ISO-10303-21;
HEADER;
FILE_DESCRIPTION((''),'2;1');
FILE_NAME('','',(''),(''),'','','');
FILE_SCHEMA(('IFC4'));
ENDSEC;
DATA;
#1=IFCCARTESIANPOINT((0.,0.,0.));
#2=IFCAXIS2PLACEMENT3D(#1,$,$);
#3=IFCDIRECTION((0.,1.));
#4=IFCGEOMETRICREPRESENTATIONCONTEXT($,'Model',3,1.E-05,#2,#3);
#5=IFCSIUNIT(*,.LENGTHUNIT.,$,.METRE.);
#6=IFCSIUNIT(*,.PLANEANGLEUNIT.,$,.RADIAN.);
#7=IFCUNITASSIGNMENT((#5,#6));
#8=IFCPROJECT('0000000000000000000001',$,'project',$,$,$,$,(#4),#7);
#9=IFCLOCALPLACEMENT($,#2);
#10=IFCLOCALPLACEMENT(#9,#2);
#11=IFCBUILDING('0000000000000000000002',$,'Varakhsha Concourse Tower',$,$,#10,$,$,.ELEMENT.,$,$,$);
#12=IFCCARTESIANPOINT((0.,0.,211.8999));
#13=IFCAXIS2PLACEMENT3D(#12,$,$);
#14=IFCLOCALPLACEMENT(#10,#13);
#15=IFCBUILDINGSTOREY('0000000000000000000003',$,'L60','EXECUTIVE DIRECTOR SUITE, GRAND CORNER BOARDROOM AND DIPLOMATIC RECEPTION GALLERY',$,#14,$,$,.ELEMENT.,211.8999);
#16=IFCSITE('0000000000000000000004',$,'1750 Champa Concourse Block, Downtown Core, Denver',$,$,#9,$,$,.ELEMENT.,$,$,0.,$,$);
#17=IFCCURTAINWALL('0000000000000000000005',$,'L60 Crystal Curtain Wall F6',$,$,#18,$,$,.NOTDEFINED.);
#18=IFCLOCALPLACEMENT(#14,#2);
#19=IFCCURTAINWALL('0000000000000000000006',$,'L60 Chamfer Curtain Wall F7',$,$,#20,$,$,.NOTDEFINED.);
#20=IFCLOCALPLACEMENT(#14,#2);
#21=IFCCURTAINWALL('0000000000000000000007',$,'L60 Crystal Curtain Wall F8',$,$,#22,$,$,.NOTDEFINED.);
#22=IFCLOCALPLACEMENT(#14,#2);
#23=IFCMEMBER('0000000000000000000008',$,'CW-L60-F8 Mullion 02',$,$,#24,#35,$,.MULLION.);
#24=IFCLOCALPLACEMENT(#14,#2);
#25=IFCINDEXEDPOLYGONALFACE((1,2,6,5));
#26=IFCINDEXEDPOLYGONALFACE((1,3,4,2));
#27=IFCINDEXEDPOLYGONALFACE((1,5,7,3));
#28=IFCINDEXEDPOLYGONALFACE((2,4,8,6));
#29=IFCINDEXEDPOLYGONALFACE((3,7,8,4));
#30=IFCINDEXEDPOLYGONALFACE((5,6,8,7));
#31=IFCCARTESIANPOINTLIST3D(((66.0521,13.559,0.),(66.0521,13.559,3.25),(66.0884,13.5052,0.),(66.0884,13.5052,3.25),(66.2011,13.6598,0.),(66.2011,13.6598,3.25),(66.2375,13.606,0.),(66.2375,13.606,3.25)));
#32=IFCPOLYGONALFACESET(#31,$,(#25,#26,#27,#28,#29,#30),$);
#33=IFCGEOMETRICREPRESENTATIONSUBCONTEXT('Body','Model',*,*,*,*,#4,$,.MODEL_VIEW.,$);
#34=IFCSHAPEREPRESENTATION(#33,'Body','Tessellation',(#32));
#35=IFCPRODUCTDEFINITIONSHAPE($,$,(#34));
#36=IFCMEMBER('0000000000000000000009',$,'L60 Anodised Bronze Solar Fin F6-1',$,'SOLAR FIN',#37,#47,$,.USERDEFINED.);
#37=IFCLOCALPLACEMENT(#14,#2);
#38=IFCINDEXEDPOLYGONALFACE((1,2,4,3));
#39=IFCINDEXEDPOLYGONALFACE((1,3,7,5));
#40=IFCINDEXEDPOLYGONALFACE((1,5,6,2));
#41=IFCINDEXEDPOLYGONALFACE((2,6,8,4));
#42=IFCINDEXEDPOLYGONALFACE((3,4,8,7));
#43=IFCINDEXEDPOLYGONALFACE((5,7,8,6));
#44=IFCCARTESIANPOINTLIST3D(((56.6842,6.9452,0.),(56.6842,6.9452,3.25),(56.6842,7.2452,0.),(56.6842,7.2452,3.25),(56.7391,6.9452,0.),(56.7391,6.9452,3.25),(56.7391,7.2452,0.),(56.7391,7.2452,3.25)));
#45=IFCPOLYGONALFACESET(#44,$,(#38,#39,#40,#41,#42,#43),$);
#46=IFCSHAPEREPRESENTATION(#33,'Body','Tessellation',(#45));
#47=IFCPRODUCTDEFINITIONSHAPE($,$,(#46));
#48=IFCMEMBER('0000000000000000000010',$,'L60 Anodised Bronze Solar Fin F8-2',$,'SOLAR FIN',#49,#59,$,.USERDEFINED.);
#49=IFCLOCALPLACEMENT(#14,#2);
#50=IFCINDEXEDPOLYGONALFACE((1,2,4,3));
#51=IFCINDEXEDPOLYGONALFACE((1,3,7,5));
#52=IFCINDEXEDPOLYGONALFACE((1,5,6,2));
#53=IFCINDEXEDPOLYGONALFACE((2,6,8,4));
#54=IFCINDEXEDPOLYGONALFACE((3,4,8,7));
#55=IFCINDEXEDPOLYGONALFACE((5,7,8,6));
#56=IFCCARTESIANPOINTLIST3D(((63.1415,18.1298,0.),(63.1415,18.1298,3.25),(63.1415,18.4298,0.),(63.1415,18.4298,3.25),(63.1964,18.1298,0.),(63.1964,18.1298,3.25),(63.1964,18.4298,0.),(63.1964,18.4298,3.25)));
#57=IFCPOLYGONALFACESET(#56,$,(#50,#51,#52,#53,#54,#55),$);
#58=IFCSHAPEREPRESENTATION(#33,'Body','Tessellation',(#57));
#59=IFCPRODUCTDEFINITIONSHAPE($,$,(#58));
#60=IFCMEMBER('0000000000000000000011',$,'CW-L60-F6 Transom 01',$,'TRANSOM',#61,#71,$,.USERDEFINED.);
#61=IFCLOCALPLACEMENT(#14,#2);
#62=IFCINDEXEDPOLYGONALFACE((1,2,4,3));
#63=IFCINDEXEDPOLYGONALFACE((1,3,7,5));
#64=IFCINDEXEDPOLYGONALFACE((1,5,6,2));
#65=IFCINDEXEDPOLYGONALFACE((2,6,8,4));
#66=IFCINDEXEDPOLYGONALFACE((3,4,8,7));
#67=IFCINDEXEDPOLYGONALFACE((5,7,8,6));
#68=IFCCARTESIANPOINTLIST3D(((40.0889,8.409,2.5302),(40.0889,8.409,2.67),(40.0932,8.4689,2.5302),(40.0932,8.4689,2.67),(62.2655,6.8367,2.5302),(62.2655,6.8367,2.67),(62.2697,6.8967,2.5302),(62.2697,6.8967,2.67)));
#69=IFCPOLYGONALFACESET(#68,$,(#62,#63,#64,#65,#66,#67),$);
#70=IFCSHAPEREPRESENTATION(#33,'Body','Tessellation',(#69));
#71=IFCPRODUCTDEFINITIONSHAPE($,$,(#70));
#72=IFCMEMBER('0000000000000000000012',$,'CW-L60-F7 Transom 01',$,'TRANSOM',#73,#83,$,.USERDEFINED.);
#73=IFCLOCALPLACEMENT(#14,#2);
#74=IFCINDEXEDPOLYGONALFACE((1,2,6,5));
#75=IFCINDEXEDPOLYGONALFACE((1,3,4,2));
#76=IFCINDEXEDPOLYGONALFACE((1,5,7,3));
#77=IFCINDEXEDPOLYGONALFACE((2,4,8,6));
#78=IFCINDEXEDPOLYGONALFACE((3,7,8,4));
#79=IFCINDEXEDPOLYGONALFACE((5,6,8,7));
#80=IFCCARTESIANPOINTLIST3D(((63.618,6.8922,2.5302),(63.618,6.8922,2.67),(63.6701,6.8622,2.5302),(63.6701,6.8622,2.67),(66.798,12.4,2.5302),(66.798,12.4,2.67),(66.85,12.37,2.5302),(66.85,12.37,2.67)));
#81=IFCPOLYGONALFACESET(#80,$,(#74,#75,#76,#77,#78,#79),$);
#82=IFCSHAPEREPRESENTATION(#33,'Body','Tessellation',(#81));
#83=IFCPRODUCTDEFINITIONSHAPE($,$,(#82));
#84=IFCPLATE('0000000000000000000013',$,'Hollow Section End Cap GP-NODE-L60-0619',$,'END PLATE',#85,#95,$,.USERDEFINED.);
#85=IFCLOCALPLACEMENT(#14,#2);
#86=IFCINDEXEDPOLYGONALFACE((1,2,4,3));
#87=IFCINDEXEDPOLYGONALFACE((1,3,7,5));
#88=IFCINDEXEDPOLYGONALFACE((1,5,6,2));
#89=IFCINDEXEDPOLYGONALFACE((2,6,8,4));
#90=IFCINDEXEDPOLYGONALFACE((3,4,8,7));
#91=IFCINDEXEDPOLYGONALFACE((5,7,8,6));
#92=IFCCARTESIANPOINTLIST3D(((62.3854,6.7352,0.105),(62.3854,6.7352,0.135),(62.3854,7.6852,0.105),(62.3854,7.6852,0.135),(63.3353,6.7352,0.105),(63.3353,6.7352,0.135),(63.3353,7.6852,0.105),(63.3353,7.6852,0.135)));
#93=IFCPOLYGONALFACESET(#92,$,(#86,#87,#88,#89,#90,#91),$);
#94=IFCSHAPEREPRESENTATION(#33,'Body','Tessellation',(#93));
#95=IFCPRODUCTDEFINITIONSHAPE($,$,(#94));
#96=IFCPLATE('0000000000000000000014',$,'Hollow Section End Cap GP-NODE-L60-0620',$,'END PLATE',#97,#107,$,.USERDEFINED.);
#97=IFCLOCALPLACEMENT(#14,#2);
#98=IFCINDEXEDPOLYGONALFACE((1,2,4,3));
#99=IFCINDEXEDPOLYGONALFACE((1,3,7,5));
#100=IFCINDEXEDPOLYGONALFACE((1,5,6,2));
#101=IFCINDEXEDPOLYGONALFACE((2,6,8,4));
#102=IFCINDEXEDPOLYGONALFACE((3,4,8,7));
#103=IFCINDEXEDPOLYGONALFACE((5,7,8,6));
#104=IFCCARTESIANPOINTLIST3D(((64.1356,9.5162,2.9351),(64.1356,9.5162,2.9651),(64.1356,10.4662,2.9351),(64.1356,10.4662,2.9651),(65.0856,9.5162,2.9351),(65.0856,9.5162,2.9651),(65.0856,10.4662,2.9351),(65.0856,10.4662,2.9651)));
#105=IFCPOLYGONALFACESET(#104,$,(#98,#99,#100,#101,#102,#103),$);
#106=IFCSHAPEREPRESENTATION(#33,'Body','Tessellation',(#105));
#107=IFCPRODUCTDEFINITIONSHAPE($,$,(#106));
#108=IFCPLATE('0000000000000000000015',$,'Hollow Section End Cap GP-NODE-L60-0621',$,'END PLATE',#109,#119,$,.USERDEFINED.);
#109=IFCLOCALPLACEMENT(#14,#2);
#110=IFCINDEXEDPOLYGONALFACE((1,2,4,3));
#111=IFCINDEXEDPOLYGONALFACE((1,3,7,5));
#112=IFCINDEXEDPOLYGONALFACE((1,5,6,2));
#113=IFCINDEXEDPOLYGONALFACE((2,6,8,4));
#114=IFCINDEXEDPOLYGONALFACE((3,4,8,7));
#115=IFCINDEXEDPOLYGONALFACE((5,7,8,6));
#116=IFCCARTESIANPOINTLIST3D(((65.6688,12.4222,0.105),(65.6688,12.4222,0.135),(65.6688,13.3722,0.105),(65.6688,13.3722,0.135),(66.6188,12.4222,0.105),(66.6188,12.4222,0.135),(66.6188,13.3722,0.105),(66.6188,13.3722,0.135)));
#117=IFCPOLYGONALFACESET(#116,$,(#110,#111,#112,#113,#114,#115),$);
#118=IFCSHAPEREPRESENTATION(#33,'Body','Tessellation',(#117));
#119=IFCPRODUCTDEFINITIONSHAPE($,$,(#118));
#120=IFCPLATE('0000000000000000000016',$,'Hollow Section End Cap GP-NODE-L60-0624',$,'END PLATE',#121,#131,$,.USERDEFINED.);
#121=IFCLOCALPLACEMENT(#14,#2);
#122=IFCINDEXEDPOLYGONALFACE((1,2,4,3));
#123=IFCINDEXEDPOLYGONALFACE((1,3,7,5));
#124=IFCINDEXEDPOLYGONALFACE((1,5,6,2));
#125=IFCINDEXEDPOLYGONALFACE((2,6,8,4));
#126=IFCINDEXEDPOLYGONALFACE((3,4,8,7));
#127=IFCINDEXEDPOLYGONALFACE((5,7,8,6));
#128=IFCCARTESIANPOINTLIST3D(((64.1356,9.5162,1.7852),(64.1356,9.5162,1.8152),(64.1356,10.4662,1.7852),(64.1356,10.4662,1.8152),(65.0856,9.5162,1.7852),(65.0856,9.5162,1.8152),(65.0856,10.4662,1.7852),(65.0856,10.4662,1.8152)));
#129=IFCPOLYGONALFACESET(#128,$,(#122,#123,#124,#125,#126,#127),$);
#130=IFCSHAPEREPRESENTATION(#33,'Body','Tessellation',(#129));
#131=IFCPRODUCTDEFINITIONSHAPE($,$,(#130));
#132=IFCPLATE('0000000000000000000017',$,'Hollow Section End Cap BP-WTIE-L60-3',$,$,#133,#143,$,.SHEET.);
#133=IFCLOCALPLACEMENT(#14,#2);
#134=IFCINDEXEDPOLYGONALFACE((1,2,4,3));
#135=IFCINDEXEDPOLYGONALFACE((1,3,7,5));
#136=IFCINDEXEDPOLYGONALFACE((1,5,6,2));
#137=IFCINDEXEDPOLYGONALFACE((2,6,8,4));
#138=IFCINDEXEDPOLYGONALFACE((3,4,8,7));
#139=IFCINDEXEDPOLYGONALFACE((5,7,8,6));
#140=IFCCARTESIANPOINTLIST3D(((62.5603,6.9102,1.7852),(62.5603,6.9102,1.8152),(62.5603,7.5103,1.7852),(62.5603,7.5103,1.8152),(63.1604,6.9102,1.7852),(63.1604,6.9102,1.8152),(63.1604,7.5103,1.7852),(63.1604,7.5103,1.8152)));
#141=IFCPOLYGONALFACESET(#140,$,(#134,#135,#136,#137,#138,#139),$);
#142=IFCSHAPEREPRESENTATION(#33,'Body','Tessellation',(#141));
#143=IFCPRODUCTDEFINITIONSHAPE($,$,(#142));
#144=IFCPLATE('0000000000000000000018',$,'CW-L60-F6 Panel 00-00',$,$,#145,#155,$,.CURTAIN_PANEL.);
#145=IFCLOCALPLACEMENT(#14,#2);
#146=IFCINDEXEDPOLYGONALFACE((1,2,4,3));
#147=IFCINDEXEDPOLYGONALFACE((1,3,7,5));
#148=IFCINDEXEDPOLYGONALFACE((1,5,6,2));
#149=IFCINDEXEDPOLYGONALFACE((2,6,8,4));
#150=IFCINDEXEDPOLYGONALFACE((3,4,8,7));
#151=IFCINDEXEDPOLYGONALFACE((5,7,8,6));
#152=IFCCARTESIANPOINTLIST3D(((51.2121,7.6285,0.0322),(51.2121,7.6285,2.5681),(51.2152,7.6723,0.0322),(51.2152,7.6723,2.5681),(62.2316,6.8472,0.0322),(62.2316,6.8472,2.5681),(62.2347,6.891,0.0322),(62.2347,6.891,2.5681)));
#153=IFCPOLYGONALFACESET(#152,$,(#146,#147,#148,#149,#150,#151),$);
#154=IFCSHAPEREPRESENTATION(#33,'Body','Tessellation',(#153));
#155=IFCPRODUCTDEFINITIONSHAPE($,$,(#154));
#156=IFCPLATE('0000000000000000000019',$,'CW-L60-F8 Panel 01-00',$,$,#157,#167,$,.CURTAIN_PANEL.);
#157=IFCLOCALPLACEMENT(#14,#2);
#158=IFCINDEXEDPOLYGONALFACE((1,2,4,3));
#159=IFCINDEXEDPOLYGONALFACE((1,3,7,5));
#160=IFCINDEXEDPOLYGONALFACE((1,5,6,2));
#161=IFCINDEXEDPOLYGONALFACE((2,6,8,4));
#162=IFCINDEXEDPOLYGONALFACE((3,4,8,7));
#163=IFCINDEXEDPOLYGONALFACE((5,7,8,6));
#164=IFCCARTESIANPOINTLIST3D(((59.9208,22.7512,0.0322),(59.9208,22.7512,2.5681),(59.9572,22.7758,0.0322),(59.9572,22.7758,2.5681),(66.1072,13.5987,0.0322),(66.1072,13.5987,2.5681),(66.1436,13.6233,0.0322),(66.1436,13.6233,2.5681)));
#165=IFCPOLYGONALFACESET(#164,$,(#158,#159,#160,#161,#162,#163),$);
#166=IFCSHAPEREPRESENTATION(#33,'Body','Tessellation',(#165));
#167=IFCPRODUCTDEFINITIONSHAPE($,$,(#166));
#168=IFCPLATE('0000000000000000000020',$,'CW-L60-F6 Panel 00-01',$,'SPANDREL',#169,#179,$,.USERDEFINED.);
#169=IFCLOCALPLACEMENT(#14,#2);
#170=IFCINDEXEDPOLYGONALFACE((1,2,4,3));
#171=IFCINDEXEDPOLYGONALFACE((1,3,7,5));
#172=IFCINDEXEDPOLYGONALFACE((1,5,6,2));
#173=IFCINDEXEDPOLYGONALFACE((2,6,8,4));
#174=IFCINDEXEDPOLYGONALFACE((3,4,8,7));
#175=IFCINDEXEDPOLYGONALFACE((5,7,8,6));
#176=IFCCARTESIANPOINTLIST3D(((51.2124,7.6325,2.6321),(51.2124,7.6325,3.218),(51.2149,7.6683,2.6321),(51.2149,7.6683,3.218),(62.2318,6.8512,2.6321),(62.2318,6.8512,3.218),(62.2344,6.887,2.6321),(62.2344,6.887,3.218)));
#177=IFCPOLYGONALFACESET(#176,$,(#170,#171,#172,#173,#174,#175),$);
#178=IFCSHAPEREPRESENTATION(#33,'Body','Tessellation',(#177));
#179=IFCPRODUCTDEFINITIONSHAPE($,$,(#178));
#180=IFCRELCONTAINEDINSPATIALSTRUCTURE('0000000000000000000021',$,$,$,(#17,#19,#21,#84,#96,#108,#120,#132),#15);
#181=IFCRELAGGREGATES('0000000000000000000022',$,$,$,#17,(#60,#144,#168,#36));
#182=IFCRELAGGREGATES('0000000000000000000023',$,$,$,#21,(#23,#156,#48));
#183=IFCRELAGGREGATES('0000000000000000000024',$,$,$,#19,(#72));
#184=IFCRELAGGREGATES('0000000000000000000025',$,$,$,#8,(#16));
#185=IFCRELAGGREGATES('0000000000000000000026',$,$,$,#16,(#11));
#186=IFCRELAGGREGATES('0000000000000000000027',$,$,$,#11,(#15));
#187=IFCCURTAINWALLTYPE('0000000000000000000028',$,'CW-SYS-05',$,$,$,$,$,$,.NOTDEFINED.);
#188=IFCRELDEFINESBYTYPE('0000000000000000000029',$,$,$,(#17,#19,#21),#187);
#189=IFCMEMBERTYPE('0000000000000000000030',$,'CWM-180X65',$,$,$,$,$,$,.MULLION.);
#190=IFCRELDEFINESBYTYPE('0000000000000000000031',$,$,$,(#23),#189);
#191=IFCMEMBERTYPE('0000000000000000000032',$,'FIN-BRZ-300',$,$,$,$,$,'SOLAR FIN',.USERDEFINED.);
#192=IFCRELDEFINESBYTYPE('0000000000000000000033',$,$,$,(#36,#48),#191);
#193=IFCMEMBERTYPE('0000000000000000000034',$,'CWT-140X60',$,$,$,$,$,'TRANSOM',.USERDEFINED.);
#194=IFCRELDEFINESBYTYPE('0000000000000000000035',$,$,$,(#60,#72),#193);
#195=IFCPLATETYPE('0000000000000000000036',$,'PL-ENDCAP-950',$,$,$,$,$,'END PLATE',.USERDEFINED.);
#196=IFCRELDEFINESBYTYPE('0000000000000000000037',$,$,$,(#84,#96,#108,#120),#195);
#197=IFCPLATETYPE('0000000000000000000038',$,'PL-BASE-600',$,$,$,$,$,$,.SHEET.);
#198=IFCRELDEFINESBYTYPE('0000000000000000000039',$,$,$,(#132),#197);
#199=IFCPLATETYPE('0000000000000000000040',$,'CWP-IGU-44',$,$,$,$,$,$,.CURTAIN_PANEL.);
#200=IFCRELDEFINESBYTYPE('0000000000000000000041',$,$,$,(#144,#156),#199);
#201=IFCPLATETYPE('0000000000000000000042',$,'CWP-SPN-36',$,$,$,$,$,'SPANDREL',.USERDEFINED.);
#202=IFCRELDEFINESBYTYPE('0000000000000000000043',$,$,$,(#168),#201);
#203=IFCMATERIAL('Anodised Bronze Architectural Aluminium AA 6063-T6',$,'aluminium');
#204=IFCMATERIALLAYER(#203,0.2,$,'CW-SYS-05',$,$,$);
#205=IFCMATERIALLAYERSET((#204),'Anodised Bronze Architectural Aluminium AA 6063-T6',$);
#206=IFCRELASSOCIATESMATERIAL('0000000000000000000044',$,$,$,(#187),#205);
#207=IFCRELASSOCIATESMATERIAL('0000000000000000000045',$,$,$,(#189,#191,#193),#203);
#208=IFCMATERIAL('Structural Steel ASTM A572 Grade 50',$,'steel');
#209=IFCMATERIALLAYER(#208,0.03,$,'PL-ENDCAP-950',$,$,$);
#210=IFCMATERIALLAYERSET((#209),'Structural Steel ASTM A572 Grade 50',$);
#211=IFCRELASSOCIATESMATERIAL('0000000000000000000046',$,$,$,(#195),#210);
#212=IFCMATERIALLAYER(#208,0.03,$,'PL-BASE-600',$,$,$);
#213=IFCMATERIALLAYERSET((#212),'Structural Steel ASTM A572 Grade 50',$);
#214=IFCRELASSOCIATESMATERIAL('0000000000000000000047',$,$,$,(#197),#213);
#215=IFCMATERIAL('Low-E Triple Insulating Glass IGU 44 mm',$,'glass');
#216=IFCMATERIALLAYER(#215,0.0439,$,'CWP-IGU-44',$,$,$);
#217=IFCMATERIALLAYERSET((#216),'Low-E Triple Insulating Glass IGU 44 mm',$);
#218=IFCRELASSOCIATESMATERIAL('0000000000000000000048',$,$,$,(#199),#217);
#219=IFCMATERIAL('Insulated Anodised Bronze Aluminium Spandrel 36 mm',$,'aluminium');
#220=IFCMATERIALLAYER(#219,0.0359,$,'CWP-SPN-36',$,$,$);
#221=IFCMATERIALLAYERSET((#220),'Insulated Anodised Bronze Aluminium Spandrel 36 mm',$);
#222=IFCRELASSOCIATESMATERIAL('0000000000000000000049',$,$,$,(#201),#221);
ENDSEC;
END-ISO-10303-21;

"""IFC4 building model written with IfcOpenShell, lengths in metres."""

from ifc_helpers import new_model, si_unit, direction, frame, origin, origin_2d, place, context, subcontext, project, spatial, rectangle, extrude, source, transform, mapped, material, layer, layer_set, material_profile, profile_set, type_object, type_shapes, element, aggregate, save


model = new_model("IFC4")

# Units and contexts
model_context = context("Model", 3, precision=1e-05, world=origin(), true_north=direction((0.0, 1.0)))
body_context = subcontext(model_context, "Body", "Model", "MODEL_VIEW")
ifc_project = project(units=[si_unit("LENGTHUNIT", "METRE"), si_unit("PLANEANGLEUNIT", "RADIAN")], contexts=[model_context])

# Site, building, storey
site_placement = place(None, origin())
site = spatial("IfcSite", under=ifc_project, at=site_placement, Name="1750 Champa Concourse Block, Downtown Core, Denver", CompositionType="ELEMENT", RefElevation=0.0)
building_placement = place(site_placement, origin())
building = spatial("IfcBuilding", under=site, at=building_placement, Name="Varakhsha Concourse Tower", CompositionType="ELEMENT")
storey_placement = place(building_placement, frame((0.0, 0.0, 211.8999)))
storey = spatial("IfcBuildingStorey", under=building, at=storey_placement, Name="L60", Description="EXECUTIVE DIRECTOR SUITE, GRAND CORNER BOARDROOM AND DIPLOMATIC RECEPTION GALLERY", CompositionType="ELEMENT", Elevation=211.8999)

# Shared definitions
ifc_material_1 = material(Name="Structural Steel ASTM A572 Grade 50", Category="steel")

# Curtain wall
ifc_material_2 = material(Name="Anodised Bronze Architectural Aluminium AA 6063-T6", Category="aluminium")
ifc_layer_1 = layer(ifc_material_2, 0.2, Name="CW-SYS-05")
ifc_layer_set_1 = layer_set([ifc_layer_1], Name="Anodised Bronze Architectural Aluminium AA 6063-T6")
curtain_wall_type = type_object("IfcCurtainWallType", Name="CW-SYS-05", PredefinedType="NOTDEFINED", material=ifc_layer_set_1)
curtain_wall_1_placement = place(storey_placement, origin())
curtain_wall_1 = element("IfcCurtainWall", 1, at=curtain_wall_1_placement, inside=storey, type_object=curtain_wall_type, Name="L60 Crystal Curtain Wall F6", PredefinedType="NOTDEFINED")
ifc_material_profile_1 = material_profile(ifc_material_2, rectangle(XDim=0.0649, YDim=0.1799, at=origin_2d()), Name="CWM-180X65")
ifc_profile_set_1 = profile_set([ifc_material_profile_1], Name="Anodised Bronze Architectural Aluminium AA 6063-T6")
member_type_1 = type_object("IfcMemberType", Name="CWM-180X65", PredefinedType="MULLION", material=ifc_profile_set_1)
shared_shape_1 = source(origin(), body_context, "Body", "SweptSolid", [
    extrude(rectangle(XDim=0.0649, YDim=0.1799, at=origin_2d()), origin(), (0.0, 0.0, 1.0), 3.25),
])
type_shapes(member_type_1, [shared_shape_1])

# Curtain wall
curtain_wall_2_placement = place(storey_placement, origin())
curtain_wall_2 = element("IfcCurtainWall", 2, at=curtain_wall_2_placement, inside=storey, type_object=curtain_wall_type, Name="L60 Chamfer Curtain Wall F7", PredefinedType="NOTDEFINED")

# Curtain wall, member
curtain_wall_3_placement = place(storey_placement, origin())
curtain_wall_3 = element("IfcCurtainWall", 3, at=curtain_wall_3_placement, inside=storey, type_object=curtain_wall_type, Name="L60 Crystal Curtain Wall F8", PredefinedType="NOTDEFINED")
member_1_placement = place(storey_placement, frame((66.1448, 13.5825, 0.0), z_axis=(0.0, 0.0, 1.0), x_axis=(0.559999, -0.828494, 0.0)))
member_1 = element("IfcMember", 4, at=member_1_placement, type_object=member_type_1, Name="CW-L60-F8 Mullion 02", PredefinedType="MULLION", context=body_context, shape_type="MappedRepresentation", body=[
    mapped(shared_shape_1, transform((0.0, 0.0, 0.0), scale=1.0)),
])

# Members
ifc_material_profile_2 = material_profile(ifc_material_2, rectangle(XDim=0.0549, YDim=0.3, at=origin_2d()), Name="FIN-BRZ-300")
ifc_profile_set_2 = profile_set([ifc_material_profile_2], Name="Anodised Bronze Architectural Aluminium AA 6063-T6")
member_type_2 = type_object("IfcMemberType", Name="FIN-BRZ-300", ElementType="SOLAR FIN", PredefinedType="USERDEFINED", material=ifc_profile_set_2)
shared_shape_2 = source(origin(), body_context, "Body", "SweptSolid", [
    extrude(rectangle(XDim=0.0549, YDim=0.3, at=origin_2d()), origin(), (0.0, 0.0, 1.0), 3.25),
])
type_shapes(member_type_2, [shared_shape_2])
member_2_placement = place(storey_placement, frame((56.7117, 7.0952, 0.0), z_axis=(0.0, 0.0, 1.0), x_axis=(1.0, 0.0, 0.0)))
member_2 = element("IfcMember", 5, at=member_2_placement, type_object=member_type_2, Name="L60 Anodised Bronze Solar Fin F6-1", ObjectType="SOLAR FIN", PredefinedType="USERDEFINED", context=body_context, shape_type="MappedRepresentation", body=[
    mapped(shared_shape_2, transform((0.0, 0.0, 0.0), scale=1.0)),
])
member_3_placement = place(storey_placement, frame((63.1689, 18.2798, 0.0), z_axis=(0.0, 0.0, 1.0), x_axis=(1.0, 0.0, 0.0)))
member_3 = element("IfcMember", 6, at=member_3_placement, type_object=member_type_2, Name="L60 Anodised Bronze Solar Fin F8-2", ObjectType="SOLAR FIN", PredefinedType="USERDEFINED", context=body_context, shape_type="MappedRepresentation", body=[
    mapped(shared_shape_2, transform((0.0, 0.0, 0.0), scale=1.0)),
])
ifc_material_profile_3 = material_profile(ifc_material_2, rectangle(XDim=0.0601, YDim=0.1399, at=origin_2d()), Name="CWT-140X60")
ifc_profile_set_3 = profile_set([ifc_material_profile_3], Name="Anodised Bronze Architectural Aluminium AA 6063-T6")
member_type_3 = type_object("IfcMemberType", Name="CWT-140X60", ElementType="TRANSOM", PredefinedType="USERDEFINED", material=ifc_profile_set_3)
shared_shape_3 = source(origin(), body_context, "Body", "SweptSolid", [
    extrude(rectangle(XDim=0.0601, YDim=0.1399, at=origin_2d()), origin(), (0.0, 0.0, 1.0), 22.2322),
])
member_4_placement = place(storey_placement, frame((62.2676, 6.8667, 2.6001), z_axis=(-0.997496, 0.07072, 0.0), x_axis=(-0.07072, -0.997496, 0.0)))
member_4 = element("IfcMember", 7, at=member_4_placement, type_object=member_type_3, Name="CW-L60-F6 Transom 01", ObjectType="TRANSOM", PredefinedType="USERDEFINED", context=body_context, shape_type="MappedRepresentation", body=[
    mapped(shared_shape_3, transform((0.0, 0.0, 0.0), scale=1.0)),
])
shared_shape_4 = source(origin(), body_context, "Body", "SweptSolid", [
    extrude(rectangle(XDim=0.0601, YDim=0.1399, at=origin_2d()), origin(), (0.0, 0.0, 1.0), 6.3599),
])
type_shapes(member_type_3, [shared_shape_3, shared_shape_4])
member_5_placement = place(storey_placement, frame((66.824, 12.385, 2.6001), z_axis=(-0.499999, -0.866026, 0.0), x_axis=(0.866026, -0.499999, 0.0)))
member_5 = element("IfcMember", 8, at=member_5_placement, type_object=member_type_3, Name="CW-L60-F7 Transom 01", ObjectType="TRANSOM", PredefinedType="USERDEFINED", context=body_context, shape_type="MappedRepresentation", body=[
    mapped(shared_shape_4, transform((0.0, 0.0, 0.0), scale=1.0)),
])

# Plates
ifc_layer_2 = layer(ifc_material_1, 0.03, Name="PL-ENDCAP-950")
ifc_layer_set_2 = layer_set([ifc_layer_2], Name="Structural Steel ASTM A572 Grade 50")
plate_type_1 = type_object("IfcPlateType", Name="PL-ENDCAP-950", ElementType="END PLATE", PredefinedType="USERDEFINED", material=ifc_layer_set_2)
shared_shape_5 = source(origin(), body_context, "Body", "SweptSolid", [
    extrude(rectangle(XDim=0.95, YDim=0.95, at=origin_2d()), origin(), (0.0, 0.0, 1.0), 0.03),
])
type_shapes(plate_type_1, [shared_shape_5])
for number, where, z_axis, x_axis, name in (
    (9, (62.8604, 7.2102, 0.105), (0.0, 0.0, 1.0), (1.0, 0.0, 0.0), "Hollow Section End Cap GP-NODE-L60-0619"),
    (10, (64.6106, 9.9912, 2.9351), (0.0, 0.0, 1.0), (1.0, 0.0, 0.0), "Hollow Section End Cap GP-NODE-L60-0620"),
    (11, (66.1438, 12.8972, 0.105), (0.0, 0.0, 1.0), (1.0, 0.0, 0.0), "Hollow Section End Cap GP-NODE-L60-0621"),
    (12, (64.6106, 9.9912, 1.7852), (0.0, 0.0, 1.0), (1.0, 0.0, 0.0), "Hollow Section End Cap GP-NODE-L60-0624"),
):
    element("IfcPlate", number, at=place(storey_placement, frame(where, z_axis=z_axis, x_axis=x_axis)), inside=storey, type_object=plate_type_1, Name=name, ObjectType="END PLATE", PredefinedType="USERDEFINED", context=body_context, shape_type="MappedRepresentation", body=[
        mapped(shared_shape_5, transform((0.0, 0.0, 0.0), scale=1.0)),
    ])
ifc_layer_3 = layer(ifc_material_1, 0.03, Name="PL-BASE-600")
ifc_layer_set_3 = layer_set([ifc_layer_3], Name="Structural Steel ASTM A572 Grade 50")
plate_type_2 = type_object("IfcPlateType", Name="PL-BASE-600", PredefinedType="SHEET", material=ifc_layer_set_3)
shared_shape_6 = source(origin(), body_context, "Body", "SweptSolid", [
    extrude(rectangle(XDim=0.6001, YDim=0.6001, at=origin_2d()), origin(), (0.0, 0.0, 1.0), 0.03),
])
type_shapes(plate_type_2, [shared_shape_6])
plate_1_placement = place(storey_placement, frame((62.8604, 7.2102, 1.7852), z_axis=(0.0, 0.0, 1.0), x_axis=(1.0, 0.0, 0.0)))
element("IfcPlate", 13, at=plate_1_placement, inside=storey, type_object=plate_type_2, Name="Hollow Section End Cap BP-WTIE-L60-3", PredefinedType="SHEET", context=body_context, shape_type="MappedRepresentation", body=[
    mapped(shared_shape_6, transform((0.0, 0.0, 0.0), scale=1.0)),
])

# Plates
ifc_material_3 = material(Name="Low-E Triple Insulating Glass IGU 44 mm", Category="glass")
ifc_layer_4 = layer(ifc_material_3, 0.0439, Name="CWP-IGU-44")
ifc_layer_set_4 = layer_set([ifc_layer_4], Name="Low-E Triple Insulating Glass IGU 44 mm")
plate_type_3 = type_object("IfcPlateType", Name="CWP-IGU-44", PredefinedType="CURTAIN_PANEL", material=ifc_layer_set_4)
shared_shape_7 = source(origin(), body_context, "Body", "SweptSolid", [
    extrude(rectangle(XDim=11.0471, YDim=0.0439, at=origin_2d()), origin(), (0.0, 0.0, 1.0), 2.5359),
])
type_shapes(plate_type_3, [shared_shape_7])
plate_2_placement = place(storey_placement, frame((56.7234, 7.2598, 0.0322), z_axis=(0.0, 0.0, 1.0), x_axis=(-0.997496, 0.070723, 0.0)))
plate_2 = element("IfcPlate", 14, at=plate_2_placement, type_object=plate_type_3, Name="CW-L60-F6 Panel 00-00", PredefinedType="CURTAIN_PANEL", context=body_context, shape_type="MappedRepresentation", body=[
    mapped(shared_shape_7, transform((0.0, 0.0, 0.0), scale=1.0)),
])
plate_3_placement = place(storey_placement, frame((63.0322, 18.1873, 0.0322), z_axis=(0.0, 0.0, 1.0), x_axis=(0.559999, -0.828494, 0.0)))
plate_3 = element("IfcPlate", 15, at=plate_3_placement, type_object=plate_type_3, Name="CW-L60-F8 Panel 01-00", PredefinedType="CURTAIN_PANEL", context=body_context, shape_type="MappedRepresentation", body=[
    mapped(shared_shape_7, transform((0.0, 0.0, 0.0), scale=1.0)),
])
ifc_material_4 = material(Name="Insulated Anodised Bronze Aluminium Spandrel 36 mm", Category="aluminium")
ifc_layer_5 = layer(ifc_material_4, 0.0359, Name="CWP-SPN-36")
ifc_layer_set_5 = layer_set([ifc_layer_5], Name="Insulated Anodised Bronze Aluminium Spandrel 36 mm")
plate_type_4 = type_object("IfcPlateType", Name="CWP-SPN-36", ElementType="SPANDREL", PredefinedType="USERDEFINED", material=ifc_layer_set_5)
shared_shape_8 = source(origin(), body_context, "Body", "SweptSolid", [
    extrude(rectangle(XDim=11.0471, YDim=0.0359, at=origin_2d()), origin(), (0.0, 0.0, 1.0), 0.5859),
])
plate_4_placement = place(storey_placement, frame((56.7234, 7.2598, 2.6321), z_axis=(0.0, 0.0, 1.0), x_axis=(-0.997496, 0.070723, 0.0)))
plate_4 = element("IfcPlate", 16, at=plate_4_placement, type_object=plate_type_4, Name="CW-L60-F6 Panel 00-01", ObjectType="SPANDREL", PredefinedType="USERDEFINED", context=body_context, shape_type="MappedRepresentation", body=[
    mapped(shared_shape_8, transform((0.0, 0.0, 0.0), scale=1.0)),
])
aggregate(curtain_wall_1, [member_4, plate_2, plate_4, member_2])
aggregate(curtain_wall_3, [member_1, plate_3, member_3])
aggregate(curtain_wall_2, [member_5])

save(model, "model.ifc")
